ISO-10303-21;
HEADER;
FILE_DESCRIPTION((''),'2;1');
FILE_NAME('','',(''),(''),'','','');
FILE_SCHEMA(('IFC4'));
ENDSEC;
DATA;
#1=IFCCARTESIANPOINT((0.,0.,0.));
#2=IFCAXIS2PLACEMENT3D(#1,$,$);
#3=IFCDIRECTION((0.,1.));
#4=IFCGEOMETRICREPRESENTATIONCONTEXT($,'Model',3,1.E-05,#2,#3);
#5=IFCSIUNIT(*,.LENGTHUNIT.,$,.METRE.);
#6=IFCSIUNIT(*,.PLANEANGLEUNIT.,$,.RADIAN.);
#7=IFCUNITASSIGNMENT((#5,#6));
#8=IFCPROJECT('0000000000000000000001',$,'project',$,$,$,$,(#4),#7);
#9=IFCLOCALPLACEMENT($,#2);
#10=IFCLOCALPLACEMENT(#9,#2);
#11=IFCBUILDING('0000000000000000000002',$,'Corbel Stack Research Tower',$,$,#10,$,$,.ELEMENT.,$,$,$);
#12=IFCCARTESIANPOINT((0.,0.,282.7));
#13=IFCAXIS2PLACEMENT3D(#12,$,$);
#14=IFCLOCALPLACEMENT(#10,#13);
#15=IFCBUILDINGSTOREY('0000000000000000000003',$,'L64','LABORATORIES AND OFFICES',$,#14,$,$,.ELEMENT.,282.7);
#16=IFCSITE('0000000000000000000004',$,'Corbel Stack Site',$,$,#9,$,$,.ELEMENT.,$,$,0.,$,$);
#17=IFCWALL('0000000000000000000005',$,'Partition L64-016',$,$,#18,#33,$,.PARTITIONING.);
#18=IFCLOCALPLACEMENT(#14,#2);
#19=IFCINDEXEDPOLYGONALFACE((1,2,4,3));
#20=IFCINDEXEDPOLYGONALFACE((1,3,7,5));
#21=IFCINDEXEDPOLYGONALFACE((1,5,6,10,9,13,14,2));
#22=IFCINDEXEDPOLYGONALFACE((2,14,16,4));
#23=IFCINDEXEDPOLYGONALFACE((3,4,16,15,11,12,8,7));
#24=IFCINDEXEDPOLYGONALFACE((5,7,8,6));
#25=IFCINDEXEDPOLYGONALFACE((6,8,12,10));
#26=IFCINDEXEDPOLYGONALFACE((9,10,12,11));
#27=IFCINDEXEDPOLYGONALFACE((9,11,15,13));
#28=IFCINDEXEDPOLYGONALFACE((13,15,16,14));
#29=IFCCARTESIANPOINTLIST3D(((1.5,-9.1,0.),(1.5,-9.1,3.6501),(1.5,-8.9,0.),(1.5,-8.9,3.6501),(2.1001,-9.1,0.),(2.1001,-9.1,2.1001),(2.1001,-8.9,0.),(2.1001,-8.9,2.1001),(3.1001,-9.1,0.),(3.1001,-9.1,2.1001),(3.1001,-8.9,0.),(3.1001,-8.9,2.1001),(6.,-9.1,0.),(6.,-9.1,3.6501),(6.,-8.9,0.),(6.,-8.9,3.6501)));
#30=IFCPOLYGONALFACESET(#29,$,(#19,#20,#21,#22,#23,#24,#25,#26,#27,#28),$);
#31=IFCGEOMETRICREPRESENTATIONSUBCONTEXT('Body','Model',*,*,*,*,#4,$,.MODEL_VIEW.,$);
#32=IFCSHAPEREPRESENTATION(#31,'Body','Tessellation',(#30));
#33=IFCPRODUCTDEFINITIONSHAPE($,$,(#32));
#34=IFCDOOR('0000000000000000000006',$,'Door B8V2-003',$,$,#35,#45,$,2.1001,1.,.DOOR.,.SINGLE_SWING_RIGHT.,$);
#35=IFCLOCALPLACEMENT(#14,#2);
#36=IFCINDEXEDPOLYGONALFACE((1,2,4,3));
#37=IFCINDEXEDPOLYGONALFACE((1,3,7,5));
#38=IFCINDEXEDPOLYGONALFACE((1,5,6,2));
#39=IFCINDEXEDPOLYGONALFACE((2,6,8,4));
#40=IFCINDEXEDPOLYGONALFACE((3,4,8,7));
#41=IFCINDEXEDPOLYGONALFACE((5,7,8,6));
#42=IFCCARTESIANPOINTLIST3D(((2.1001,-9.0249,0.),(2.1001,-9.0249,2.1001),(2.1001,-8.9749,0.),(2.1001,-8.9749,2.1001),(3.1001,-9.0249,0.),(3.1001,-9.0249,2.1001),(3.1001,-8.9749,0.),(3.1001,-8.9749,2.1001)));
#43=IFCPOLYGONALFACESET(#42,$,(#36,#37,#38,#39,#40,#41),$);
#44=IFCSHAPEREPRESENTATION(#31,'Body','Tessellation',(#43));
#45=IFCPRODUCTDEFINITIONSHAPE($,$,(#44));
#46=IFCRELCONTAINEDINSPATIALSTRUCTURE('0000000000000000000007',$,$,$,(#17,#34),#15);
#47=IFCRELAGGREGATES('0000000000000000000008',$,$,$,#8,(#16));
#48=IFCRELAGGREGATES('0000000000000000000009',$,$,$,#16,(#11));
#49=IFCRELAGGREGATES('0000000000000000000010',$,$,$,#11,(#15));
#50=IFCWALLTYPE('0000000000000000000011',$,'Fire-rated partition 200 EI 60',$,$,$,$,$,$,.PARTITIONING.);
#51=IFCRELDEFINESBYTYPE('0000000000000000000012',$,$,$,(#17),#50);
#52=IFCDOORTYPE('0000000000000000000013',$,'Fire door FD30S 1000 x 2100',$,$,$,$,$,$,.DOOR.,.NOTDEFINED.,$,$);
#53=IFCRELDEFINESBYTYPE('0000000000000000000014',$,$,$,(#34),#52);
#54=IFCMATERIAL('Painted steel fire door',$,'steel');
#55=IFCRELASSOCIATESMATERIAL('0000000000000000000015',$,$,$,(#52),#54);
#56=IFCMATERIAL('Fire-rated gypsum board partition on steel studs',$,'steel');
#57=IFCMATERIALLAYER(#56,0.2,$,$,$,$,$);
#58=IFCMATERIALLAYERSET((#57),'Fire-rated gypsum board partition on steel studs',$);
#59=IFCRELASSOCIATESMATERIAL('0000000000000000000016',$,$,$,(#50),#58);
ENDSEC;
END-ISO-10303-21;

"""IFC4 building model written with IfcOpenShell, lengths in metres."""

from ifc_helpers import new_model, si_unit, direction, frame, frame_2d, origin, place, context, subcontext, project, spatial, rectangle, extrude, material, layer, layer_set, type_object, element, fill, save


model = new_model("IFC4")

# Units and contexts
model_context = context("Model", 3, precision=1e-05, world=origin(), true_north=direction((0.0, 1.0)))
body_context = subcontext(model_context, "Body", "Model", "MODEL_VIEW")
ifc_project = project(units=[si_unit("LENGTHUNIT", "METRE"), si_unit("PLANEANGLEUNIT", "RADIAN")], contexts=[model_context])

# Site, building, storey
site_placement = place(None, origin())
site = spatial("IfcSite", under=ifc_project, at=site_placement, Name="Corbel Stack Site", CompositionType="ELEMENT", RefElevation=0.0)
building_placement = place(site_placement, origin())
building = spatial("IfcBuilding", under=site, at=building_placement, Name="Corbel Stack Research Tower", CompositionType="ELEMENT")
storey_placement = place(building_placement, frame((0.0, 0.0, 282.7)))
storey = spatial("IfcBuildingStorey", under=building, at=storey_placement, Name="L64", Description="LABORATORIES AND OFFICES", CompositionType="ELEMENT", Elevation=282.7)

# Shared definitions
ifc_material_1 = material(Name="Painted steel fire door", Category="steel")
door_type_1 = type_object("IfcDoorType", Name="Fire door FD30S 1000 x 2100", OperationType="NOTDEFINED", PredefinedType="DOOR", material=ifc_material_1)
ifc_material_2 = material(Name="Fire-rated gypsum board partition on steel studs", Category="steel")
ifc_layer_1 = layer(ifc_material_2, 0.2)
ifc_layer_set_1 = layer_set([ifc_layer_1], Name="Fire-rated gypsum board partition on steel studs")
wall_type_1 = type_object("IfcWallType", Name="Fire-rated partition 200 EI 60", PredefinedType="PARTITIONING", material=ifc_layer_set_1)

# Wall, opening, door
wall_1_placement = place(storey_placement, frame((6.0, -9.0, 0.0), z_axis=(0.0, 0.0, 1.0), x_axis=(-1.0, 0.0, 0.0)))
wall_1 = element("IfcWall", 1, at=wall_1_placement, inside=storey, type_object=wall_type_1, Name="Partition L64-016", PredefinedType="PARTITIONING", context=body_context, shape_type="SweptSolid", body=[
    extrude(rectangle(XDim=4.5, YDim=0.2, at=frame_2d((2.25, 0.0))), origin(), (0.0, 0.0, 1.0), 3.6501),
])
opening_1_placement = place(wall_1_placement, frame((2.8999, 0.0, 0.0)))
opening_1 = element("IfcOpeningElement", 2, at=opening_1_placement, cuts=wall_1, PredefinedType="OPENING", context=body_context, shape_type="SweptSolid", body=[
    extrude(rectangle(XDim=1.0, YDim=2.1001, at=frame_2d((0.5, 1.05))), frame((0.0, 0.1099, 0.0), z_axis=(0.0, -1.0, 0.0), x_axis=(1.0, 0.0, 0.0)), (0.0, 0.0, 1.0), 0.22),
])
door_1_placement = place(opening_1_placement, origin())
door_1 = element("IfcDoor", 3, at=door_1_placement, inside=storey, type_object=door_type_1, Name="Door B8V2-003", OperationType="SINGLE_SWING_RIGHT", OverallHeight=2.1001, OverallWidth=1.0, PredefinedType="DOOR", context=body_context, shape_type="SweptSolid", body=[
    extrude(rectangle(XDim=1.0, YDim=2.1001, at=frame_2d((0.5, 1.05))), frame((0.0, 0.0249, 0.0), z_axis=(0.0, -1.0, 0.0), x_axis=(1.0, 0.0, 0.0)), (0.0, 0.0, 1.0), 0.05),
])
fill(opening_1, door_1)

save(model, "model.ifc")
